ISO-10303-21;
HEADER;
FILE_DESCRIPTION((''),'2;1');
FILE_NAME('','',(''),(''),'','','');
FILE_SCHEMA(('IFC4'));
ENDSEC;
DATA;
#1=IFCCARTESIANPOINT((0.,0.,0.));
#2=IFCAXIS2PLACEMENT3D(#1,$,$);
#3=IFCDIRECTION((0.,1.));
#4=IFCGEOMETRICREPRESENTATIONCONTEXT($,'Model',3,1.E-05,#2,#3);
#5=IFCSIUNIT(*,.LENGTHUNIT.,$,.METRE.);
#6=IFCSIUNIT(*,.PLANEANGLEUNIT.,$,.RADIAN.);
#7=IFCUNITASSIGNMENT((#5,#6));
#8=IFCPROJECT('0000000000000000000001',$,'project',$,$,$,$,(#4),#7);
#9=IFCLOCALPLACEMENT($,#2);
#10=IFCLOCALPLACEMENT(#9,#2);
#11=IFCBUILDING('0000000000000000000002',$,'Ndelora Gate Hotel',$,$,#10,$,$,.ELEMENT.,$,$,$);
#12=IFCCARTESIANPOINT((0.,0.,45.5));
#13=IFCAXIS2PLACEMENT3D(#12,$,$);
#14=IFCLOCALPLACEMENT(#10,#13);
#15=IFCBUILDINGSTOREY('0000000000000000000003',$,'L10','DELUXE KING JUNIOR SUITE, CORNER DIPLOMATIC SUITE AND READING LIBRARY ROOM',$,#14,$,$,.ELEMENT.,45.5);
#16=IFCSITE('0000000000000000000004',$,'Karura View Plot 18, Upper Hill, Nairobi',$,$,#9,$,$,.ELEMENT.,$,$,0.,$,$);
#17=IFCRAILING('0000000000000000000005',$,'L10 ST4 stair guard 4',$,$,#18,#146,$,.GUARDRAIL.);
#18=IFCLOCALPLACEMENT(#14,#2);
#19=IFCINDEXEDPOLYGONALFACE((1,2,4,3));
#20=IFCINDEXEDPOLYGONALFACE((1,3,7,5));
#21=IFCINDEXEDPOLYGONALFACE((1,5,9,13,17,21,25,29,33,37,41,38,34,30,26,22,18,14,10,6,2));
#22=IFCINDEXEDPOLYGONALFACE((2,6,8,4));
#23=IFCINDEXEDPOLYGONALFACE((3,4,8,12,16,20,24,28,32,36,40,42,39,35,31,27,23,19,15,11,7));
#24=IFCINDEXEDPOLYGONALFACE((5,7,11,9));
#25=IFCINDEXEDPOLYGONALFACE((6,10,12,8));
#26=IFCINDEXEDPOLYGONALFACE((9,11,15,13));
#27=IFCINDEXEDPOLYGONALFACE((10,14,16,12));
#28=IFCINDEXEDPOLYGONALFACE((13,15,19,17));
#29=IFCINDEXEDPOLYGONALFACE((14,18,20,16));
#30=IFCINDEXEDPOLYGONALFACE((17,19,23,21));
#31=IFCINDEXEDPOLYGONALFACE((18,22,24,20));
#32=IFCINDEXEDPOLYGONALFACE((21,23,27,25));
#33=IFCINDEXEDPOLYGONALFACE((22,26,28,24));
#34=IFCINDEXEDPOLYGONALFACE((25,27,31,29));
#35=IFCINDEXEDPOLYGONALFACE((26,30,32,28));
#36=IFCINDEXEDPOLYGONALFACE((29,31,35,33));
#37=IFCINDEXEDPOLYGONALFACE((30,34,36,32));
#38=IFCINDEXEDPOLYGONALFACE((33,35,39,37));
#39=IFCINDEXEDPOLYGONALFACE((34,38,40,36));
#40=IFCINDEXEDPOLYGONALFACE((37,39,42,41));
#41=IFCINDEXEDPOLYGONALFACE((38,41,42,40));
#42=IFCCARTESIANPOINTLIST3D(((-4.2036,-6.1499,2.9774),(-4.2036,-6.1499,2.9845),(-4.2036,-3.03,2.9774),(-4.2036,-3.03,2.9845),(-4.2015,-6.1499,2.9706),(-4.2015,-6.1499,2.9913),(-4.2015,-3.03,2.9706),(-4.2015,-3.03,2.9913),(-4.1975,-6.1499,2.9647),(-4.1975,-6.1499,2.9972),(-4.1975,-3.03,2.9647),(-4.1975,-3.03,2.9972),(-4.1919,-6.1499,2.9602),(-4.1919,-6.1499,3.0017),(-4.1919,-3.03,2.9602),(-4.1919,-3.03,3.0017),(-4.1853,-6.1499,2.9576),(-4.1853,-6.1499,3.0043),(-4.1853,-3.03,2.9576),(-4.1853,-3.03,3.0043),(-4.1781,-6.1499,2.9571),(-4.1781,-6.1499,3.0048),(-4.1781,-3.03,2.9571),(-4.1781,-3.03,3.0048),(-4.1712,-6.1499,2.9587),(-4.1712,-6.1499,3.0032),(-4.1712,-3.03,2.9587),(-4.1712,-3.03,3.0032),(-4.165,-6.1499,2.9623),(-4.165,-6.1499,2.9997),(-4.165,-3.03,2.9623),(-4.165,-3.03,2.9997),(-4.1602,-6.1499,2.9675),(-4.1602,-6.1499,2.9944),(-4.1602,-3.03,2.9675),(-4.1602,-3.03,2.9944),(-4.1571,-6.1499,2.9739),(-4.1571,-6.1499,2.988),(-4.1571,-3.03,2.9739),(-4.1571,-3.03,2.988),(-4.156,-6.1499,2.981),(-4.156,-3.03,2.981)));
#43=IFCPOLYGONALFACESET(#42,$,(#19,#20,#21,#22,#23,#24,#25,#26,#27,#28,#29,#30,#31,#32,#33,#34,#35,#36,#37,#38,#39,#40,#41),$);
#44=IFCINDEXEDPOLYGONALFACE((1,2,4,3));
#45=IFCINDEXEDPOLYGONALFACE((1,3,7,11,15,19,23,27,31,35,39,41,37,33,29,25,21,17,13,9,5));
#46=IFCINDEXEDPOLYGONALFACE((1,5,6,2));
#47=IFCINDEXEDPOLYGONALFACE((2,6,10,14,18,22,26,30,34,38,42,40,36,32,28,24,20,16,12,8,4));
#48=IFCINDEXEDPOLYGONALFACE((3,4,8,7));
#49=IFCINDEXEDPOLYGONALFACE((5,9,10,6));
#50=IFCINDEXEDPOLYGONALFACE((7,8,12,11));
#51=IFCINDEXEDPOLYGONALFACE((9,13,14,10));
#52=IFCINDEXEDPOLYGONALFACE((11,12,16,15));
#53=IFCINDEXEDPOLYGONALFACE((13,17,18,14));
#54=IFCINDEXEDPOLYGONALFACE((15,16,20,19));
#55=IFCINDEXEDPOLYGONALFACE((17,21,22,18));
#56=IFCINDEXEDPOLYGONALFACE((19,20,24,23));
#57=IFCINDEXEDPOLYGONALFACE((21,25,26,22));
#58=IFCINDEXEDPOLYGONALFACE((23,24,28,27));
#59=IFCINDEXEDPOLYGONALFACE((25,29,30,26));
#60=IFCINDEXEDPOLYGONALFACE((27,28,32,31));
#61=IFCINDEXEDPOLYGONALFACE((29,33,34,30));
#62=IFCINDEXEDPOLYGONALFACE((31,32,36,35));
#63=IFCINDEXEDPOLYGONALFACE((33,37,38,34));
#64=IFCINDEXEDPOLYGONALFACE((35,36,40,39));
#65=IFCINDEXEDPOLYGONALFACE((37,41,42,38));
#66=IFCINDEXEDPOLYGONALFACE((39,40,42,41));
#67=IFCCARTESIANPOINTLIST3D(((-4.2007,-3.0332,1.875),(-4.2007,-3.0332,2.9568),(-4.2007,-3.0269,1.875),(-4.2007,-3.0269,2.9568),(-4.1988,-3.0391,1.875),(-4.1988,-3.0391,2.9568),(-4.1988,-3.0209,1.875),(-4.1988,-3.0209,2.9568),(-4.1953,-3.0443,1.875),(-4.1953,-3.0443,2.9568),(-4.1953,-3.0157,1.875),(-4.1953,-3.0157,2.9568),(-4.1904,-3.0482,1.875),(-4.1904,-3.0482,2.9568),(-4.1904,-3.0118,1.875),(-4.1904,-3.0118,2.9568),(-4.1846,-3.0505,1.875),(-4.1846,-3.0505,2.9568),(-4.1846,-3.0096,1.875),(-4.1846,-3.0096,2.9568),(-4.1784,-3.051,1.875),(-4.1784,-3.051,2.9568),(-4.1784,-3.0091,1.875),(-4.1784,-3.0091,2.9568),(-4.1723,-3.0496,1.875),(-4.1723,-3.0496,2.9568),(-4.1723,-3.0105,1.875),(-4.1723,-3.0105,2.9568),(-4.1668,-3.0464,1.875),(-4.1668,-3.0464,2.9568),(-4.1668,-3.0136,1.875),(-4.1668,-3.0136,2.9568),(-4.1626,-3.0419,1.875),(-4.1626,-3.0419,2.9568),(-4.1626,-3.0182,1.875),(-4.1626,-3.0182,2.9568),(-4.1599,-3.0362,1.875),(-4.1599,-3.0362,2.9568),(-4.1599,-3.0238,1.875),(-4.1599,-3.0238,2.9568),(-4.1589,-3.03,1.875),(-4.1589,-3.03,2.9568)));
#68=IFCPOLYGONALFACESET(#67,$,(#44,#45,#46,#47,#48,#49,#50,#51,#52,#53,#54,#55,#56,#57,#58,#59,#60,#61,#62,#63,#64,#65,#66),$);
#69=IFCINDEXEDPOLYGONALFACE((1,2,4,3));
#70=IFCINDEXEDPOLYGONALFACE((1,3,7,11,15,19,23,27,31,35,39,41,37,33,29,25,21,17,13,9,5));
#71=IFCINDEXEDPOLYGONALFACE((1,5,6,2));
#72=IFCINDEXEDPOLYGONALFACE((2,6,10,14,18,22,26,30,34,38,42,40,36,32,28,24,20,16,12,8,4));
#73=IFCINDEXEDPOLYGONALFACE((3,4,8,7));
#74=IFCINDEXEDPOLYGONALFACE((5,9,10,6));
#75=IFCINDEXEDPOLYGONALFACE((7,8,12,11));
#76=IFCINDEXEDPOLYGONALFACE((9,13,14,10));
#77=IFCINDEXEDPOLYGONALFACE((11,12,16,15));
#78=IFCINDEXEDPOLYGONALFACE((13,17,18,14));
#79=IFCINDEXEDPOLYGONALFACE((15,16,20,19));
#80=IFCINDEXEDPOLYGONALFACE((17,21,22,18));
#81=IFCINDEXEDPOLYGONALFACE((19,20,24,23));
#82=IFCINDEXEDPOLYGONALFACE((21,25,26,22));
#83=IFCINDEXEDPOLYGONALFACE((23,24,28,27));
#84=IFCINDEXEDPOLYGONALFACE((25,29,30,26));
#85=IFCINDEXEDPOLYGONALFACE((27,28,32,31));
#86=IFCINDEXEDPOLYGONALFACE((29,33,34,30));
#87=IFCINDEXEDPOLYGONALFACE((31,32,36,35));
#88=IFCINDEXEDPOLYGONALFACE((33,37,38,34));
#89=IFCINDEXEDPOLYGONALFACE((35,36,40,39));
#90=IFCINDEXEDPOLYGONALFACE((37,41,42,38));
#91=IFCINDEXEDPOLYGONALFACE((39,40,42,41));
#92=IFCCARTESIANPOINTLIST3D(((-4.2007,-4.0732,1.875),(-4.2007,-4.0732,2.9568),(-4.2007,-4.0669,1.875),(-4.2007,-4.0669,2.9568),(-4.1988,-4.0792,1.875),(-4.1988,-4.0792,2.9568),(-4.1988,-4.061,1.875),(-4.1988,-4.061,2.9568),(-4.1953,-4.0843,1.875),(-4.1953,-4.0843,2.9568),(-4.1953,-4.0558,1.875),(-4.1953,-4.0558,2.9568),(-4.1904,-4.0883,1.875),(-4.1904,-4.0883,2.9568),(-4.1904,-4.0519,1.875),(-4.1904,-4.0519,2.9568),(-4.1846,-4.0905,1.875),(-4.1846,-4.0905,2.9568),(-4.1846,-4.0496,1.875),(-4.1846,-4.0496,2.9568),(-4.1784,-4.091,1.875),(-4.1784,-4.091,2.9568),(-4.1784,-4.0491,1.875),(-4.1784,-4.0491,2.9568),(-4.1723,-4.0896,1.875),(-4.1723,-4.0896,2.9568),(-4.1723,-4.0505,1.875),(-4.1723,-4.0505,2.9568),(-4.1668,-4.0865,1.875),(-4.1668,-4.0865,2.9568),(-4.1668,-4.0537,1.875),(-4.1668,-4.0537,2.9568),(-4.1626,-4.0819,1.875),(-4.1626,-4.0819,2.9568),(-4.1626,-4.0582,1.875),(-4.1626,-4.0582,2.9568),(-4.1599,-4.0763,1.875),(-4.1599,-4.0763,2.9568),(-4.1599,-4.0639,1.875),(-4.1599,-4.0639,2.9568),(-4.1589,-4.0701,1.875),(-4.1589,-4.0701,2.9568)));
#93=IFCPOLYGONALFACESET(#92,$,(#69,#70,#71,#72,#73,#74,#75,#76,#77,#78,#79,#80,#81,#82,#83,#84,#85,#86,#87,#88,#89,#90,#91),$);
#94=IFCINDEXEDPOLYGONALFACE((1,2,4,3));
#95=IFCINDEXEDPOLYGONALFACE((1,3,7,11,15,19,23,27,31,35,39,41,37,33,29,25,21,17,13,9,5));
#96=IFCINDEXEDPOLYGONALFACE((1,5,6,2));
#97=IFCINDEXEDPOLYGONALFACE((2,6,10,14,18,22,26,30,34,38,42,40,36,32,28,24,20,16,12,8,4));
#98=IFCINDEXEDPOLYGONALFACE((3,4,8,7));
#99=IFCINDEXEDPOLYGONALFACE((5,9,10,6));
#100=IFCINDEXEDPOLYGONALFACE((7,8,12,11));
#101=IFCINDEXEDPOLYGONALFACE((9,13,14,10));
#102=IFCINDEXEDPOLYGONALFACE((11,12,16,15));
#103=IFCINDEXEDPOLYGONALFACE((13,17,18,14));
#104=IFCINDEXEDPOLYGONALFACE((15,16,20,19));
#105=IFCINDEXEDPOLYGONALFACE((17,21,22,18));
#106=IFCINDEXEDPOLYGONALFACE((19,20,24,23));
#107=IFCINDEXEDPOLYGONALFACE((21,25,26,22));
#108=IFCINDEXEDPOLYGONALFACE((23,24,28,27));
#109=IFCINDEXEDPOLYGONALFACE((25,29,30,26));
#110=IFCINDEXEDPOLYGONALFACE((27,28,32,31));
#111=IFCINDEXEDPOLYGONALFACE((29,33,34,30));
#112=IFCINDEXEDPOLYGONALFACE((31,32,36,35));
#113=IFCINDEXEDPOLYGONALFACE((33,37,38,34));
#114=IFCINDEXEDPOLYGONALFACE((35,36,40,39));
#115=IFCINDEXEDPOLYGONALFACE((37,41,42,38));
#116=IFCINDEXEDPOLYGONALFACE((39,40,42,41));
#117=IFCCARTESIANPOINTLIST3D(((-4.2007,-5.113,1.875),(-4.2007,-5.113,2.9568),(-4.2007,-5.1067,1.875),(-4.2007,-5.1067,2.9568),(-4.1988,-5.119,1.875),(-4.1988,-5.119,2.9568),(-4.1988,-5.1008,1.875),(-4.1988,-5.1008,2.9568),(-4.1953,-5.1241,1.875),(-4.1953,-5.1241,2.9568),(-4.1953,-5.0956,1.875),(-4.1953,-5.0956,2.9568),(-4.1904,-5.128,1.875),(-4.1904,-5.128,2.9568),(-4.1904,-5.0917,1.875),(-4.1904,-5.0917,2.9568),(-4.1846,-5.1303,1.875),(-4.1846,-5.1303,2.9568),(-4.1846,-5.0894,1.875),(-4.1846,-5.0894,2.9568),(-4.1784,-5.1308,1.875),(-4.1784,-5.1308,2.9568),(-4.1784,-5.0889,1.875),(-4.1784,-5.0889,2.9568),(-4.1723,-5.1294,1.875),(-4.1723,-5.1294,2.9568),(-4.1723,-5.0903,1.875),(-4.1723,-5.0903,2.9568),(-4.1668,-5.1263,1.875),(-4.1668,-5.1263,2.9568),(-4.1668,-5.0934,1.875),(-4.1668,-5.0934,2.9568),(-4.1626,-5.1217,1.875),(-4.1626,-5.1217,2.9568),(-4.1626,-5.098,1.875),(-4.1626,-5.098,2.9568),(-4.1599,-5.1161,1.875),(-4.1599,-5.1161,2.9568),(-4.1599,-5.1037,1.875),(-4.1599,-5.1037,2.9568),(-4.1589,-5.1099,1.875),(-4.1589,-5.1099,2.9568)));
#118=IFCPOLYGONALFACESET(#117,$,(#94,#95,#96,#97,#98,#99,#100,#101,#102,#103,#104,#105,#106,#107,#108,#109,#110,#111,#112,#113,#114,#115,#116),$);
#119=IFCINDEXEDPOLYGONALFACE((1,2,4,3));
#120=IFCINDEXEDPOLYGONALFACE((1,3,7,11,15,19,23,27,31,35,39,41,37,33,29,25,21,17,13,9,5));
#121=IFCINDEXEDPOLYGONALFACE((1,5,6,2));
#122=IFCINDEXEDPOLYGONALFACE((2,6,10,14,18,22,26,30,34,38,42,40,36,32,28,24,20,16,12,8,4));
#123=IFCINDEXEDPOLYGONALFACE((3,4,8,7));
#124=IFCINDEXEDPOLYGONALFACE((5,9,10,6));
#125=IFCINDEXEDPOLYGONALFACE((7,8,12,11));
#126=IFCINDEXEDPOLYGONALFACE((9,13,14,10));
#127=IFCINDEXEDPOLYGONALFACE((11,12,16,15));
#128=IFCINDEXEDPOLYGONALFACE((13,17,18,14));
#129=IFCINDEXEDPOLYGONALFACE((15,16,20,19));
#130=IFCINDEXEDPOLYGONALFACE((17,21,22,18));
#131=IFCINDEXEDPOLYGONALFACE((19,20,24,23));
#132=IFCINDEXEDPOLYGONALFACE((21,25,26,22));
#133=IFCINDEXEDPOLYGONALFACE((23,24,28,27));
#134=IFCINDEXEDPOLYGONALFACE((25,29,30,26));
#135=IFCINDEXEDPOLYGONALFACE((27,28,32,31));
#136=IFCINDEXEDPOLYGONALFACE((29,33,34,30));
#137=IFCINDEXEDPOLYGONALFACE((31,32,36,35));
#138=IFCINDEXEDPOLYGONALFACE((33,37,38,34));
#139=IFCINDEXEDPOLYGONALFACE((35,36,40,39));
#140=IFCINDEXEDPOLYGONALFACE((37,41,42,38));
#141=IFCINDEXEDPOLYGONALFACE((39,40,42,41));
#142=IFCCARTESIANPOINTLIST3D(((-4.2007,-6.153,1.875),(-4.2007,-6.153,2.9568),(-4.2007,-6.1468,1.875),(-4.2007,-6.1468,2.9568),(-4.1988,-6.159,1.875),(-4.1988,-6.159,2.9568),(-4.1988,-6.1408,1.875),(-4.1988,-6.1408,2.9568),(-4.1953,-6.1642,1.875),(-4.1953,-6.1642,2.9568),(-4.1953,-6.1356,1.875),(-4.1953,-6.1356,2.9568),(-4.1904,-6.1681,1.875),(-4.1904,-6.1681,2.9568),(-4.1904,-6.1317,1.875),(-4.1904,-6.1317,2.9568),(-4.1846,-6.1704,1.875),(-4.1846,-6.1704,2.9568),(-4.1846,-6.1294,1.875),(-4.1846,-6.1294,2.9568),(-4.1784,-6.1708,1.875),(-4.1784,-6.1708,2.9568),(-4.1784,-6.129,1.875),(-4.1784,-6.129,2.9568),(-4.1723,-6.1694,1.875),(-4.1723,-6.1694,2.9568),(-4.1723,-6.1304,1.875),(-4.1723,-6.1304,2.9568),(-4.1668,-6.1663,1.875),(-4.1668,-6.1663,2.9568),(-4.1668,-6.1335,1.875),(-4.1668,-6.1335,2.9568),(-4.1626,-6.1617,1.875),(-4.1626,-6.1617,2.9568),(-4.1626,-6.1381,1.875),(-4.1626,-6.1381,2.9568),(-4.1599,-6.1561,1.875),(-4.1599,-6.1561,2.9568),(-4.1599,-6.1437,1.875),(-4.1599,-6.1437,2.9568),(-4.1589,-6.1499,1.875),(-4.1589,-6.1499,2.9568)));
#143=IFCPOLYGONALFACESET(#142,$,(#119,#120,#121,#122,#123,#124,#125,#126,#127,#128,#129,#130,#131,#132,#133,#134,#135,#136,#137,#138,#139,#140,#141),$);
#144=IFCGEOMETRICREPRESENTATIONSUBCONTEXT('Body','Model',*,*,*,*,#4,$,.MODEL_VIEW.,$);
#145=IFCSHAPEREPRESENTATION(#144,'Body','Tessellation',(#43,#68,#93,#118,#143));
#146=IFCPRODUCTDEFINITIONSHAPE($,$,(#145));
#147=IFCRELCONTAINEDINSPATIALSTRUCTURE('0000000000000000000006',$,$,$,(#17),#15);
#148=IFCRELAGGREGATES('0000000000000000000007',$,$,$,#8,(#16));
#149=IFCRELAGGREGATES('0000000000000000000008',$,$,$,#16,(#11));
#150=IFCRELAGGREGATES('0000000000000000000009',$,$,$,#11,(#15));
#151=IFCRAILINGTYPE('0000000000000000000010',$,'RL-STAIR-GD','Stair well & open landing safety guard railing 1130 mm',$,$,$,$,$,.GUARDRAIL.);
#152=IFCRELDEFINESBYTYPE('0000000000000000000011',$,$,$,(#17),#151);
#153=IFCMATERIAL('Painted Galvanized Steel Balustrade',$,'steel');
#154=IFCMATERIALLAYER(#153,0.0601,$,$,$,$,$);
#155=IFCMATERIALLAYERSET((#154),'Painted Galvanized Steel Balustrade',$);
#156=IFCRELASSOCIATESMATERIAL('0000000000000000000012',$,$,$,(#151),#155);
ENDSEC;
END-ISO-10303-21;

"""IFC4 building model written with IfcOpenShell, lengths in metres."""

from ifc_helpers import new_model, si_unit, direction, frame, origin, origin_2d, place, context, subcontext, project, spatial, circle, extrude, material, layer, layer_set, type_object, element, save


model = new_model("IFC4")

# Units and contexts
model_context = context("Model", 3, precision=1e-05, world=origin(), true_north=direction((0.0, 1.0)))
body_context = subcontext(model_context, "Body", "Model", "MODEL_VIEW")
ifc_project = project(units=[si_unit("LENGTHUNIT", "METRE"), si_unit("PLANEANGLEUNIT", "RADIAN")], contexts=[model_context])

# Site, building, storey
site_placement = place(None, origin())
site = spatial("IfcSite", under=ifc_project, at=site_placement, Name="Karura View Plot 18, Upper Hill, Nairobi", CompositionType="ELEMENT", RefElevation=0.0)
building_placement = place(site_placement, origin())
building = spatial("IfcBuilding", under=site, at=building_placement, Name="Ndelora Gate Hotel", CompositionType="ELEMENT")
storey_placement = place(building_placement, frame((0.0, 0.0, 45.5)))
storey = spatial("IfcBuildingStorey", under=building, at=storey_placement, Name="L10", Description="DELUXE KING JUNIOR SUITE, CORNER DIPLOMATIC SUITE AND READING LIBRARY ROOM", CompositionType="ELEMENT", Elevation=45.5)

# Railing
ifc_material_1 = material(Name="Painted Galvanized Steel Balustrade", Category="steel")
ifc_layer_1 = layer(ifc_material_1, 0.0601)
ifc_layer_set_1 = layer_set([ifc_layer_1], Name="Painted Galvanized Steel Balustrade")
railing_type_1 = type_object("IfcRailingType", Name="RL-STAIR-GD", Description="Stair well & open landing safety guard railing 1130 mm", PredefinedType="GUARDRAIL", material=ifc_layer_set_1)
railing_1_placement = place(storey_placement, frame((-4.1799, -3.03, 1.875)))
element("IfcRailing", 1, at=railing_1_placement, inside=storey, type_object=railing_type_1, Name="L10 ST4 stair guard 4", PredefinedType="GUARDRAIL", context=body_context, shape_type="SweptSolid", body=[
    extrude(circle(Radius=0.0239, at=origin_2d()), frame((0.0, 0.0, 1.106), z_axis=(0.0, -1.0, 0.0), x_axis=(1.0, 0.0, 0.0)), (0.0, 0.0, 1.0), 3.1199),
    extrude(circle(Radius=0.021, at=origin_2d()), origin(), (0.0, 0.0, 1.0), 1.0818),
    extrude(circle(Radius=0.021, at=origin_2d()), frame((0.0, -1.04, 0.0)), (0.0, 0.0, 1.0), 1.0818),
    extrude(circle(Radius=0.021, at=origin_2d()), frame((0.0, -2.0798, 0.0)), (0.0, 0.0, 1.0), 1.0818),
    extrude(circle(Radius=0.021, at=origin_2d()), frame((0.0, -3.1199, 0.0)), (0.0, 0.0, 1.0), 1.0818),
])

save(model, "model.ifc")
